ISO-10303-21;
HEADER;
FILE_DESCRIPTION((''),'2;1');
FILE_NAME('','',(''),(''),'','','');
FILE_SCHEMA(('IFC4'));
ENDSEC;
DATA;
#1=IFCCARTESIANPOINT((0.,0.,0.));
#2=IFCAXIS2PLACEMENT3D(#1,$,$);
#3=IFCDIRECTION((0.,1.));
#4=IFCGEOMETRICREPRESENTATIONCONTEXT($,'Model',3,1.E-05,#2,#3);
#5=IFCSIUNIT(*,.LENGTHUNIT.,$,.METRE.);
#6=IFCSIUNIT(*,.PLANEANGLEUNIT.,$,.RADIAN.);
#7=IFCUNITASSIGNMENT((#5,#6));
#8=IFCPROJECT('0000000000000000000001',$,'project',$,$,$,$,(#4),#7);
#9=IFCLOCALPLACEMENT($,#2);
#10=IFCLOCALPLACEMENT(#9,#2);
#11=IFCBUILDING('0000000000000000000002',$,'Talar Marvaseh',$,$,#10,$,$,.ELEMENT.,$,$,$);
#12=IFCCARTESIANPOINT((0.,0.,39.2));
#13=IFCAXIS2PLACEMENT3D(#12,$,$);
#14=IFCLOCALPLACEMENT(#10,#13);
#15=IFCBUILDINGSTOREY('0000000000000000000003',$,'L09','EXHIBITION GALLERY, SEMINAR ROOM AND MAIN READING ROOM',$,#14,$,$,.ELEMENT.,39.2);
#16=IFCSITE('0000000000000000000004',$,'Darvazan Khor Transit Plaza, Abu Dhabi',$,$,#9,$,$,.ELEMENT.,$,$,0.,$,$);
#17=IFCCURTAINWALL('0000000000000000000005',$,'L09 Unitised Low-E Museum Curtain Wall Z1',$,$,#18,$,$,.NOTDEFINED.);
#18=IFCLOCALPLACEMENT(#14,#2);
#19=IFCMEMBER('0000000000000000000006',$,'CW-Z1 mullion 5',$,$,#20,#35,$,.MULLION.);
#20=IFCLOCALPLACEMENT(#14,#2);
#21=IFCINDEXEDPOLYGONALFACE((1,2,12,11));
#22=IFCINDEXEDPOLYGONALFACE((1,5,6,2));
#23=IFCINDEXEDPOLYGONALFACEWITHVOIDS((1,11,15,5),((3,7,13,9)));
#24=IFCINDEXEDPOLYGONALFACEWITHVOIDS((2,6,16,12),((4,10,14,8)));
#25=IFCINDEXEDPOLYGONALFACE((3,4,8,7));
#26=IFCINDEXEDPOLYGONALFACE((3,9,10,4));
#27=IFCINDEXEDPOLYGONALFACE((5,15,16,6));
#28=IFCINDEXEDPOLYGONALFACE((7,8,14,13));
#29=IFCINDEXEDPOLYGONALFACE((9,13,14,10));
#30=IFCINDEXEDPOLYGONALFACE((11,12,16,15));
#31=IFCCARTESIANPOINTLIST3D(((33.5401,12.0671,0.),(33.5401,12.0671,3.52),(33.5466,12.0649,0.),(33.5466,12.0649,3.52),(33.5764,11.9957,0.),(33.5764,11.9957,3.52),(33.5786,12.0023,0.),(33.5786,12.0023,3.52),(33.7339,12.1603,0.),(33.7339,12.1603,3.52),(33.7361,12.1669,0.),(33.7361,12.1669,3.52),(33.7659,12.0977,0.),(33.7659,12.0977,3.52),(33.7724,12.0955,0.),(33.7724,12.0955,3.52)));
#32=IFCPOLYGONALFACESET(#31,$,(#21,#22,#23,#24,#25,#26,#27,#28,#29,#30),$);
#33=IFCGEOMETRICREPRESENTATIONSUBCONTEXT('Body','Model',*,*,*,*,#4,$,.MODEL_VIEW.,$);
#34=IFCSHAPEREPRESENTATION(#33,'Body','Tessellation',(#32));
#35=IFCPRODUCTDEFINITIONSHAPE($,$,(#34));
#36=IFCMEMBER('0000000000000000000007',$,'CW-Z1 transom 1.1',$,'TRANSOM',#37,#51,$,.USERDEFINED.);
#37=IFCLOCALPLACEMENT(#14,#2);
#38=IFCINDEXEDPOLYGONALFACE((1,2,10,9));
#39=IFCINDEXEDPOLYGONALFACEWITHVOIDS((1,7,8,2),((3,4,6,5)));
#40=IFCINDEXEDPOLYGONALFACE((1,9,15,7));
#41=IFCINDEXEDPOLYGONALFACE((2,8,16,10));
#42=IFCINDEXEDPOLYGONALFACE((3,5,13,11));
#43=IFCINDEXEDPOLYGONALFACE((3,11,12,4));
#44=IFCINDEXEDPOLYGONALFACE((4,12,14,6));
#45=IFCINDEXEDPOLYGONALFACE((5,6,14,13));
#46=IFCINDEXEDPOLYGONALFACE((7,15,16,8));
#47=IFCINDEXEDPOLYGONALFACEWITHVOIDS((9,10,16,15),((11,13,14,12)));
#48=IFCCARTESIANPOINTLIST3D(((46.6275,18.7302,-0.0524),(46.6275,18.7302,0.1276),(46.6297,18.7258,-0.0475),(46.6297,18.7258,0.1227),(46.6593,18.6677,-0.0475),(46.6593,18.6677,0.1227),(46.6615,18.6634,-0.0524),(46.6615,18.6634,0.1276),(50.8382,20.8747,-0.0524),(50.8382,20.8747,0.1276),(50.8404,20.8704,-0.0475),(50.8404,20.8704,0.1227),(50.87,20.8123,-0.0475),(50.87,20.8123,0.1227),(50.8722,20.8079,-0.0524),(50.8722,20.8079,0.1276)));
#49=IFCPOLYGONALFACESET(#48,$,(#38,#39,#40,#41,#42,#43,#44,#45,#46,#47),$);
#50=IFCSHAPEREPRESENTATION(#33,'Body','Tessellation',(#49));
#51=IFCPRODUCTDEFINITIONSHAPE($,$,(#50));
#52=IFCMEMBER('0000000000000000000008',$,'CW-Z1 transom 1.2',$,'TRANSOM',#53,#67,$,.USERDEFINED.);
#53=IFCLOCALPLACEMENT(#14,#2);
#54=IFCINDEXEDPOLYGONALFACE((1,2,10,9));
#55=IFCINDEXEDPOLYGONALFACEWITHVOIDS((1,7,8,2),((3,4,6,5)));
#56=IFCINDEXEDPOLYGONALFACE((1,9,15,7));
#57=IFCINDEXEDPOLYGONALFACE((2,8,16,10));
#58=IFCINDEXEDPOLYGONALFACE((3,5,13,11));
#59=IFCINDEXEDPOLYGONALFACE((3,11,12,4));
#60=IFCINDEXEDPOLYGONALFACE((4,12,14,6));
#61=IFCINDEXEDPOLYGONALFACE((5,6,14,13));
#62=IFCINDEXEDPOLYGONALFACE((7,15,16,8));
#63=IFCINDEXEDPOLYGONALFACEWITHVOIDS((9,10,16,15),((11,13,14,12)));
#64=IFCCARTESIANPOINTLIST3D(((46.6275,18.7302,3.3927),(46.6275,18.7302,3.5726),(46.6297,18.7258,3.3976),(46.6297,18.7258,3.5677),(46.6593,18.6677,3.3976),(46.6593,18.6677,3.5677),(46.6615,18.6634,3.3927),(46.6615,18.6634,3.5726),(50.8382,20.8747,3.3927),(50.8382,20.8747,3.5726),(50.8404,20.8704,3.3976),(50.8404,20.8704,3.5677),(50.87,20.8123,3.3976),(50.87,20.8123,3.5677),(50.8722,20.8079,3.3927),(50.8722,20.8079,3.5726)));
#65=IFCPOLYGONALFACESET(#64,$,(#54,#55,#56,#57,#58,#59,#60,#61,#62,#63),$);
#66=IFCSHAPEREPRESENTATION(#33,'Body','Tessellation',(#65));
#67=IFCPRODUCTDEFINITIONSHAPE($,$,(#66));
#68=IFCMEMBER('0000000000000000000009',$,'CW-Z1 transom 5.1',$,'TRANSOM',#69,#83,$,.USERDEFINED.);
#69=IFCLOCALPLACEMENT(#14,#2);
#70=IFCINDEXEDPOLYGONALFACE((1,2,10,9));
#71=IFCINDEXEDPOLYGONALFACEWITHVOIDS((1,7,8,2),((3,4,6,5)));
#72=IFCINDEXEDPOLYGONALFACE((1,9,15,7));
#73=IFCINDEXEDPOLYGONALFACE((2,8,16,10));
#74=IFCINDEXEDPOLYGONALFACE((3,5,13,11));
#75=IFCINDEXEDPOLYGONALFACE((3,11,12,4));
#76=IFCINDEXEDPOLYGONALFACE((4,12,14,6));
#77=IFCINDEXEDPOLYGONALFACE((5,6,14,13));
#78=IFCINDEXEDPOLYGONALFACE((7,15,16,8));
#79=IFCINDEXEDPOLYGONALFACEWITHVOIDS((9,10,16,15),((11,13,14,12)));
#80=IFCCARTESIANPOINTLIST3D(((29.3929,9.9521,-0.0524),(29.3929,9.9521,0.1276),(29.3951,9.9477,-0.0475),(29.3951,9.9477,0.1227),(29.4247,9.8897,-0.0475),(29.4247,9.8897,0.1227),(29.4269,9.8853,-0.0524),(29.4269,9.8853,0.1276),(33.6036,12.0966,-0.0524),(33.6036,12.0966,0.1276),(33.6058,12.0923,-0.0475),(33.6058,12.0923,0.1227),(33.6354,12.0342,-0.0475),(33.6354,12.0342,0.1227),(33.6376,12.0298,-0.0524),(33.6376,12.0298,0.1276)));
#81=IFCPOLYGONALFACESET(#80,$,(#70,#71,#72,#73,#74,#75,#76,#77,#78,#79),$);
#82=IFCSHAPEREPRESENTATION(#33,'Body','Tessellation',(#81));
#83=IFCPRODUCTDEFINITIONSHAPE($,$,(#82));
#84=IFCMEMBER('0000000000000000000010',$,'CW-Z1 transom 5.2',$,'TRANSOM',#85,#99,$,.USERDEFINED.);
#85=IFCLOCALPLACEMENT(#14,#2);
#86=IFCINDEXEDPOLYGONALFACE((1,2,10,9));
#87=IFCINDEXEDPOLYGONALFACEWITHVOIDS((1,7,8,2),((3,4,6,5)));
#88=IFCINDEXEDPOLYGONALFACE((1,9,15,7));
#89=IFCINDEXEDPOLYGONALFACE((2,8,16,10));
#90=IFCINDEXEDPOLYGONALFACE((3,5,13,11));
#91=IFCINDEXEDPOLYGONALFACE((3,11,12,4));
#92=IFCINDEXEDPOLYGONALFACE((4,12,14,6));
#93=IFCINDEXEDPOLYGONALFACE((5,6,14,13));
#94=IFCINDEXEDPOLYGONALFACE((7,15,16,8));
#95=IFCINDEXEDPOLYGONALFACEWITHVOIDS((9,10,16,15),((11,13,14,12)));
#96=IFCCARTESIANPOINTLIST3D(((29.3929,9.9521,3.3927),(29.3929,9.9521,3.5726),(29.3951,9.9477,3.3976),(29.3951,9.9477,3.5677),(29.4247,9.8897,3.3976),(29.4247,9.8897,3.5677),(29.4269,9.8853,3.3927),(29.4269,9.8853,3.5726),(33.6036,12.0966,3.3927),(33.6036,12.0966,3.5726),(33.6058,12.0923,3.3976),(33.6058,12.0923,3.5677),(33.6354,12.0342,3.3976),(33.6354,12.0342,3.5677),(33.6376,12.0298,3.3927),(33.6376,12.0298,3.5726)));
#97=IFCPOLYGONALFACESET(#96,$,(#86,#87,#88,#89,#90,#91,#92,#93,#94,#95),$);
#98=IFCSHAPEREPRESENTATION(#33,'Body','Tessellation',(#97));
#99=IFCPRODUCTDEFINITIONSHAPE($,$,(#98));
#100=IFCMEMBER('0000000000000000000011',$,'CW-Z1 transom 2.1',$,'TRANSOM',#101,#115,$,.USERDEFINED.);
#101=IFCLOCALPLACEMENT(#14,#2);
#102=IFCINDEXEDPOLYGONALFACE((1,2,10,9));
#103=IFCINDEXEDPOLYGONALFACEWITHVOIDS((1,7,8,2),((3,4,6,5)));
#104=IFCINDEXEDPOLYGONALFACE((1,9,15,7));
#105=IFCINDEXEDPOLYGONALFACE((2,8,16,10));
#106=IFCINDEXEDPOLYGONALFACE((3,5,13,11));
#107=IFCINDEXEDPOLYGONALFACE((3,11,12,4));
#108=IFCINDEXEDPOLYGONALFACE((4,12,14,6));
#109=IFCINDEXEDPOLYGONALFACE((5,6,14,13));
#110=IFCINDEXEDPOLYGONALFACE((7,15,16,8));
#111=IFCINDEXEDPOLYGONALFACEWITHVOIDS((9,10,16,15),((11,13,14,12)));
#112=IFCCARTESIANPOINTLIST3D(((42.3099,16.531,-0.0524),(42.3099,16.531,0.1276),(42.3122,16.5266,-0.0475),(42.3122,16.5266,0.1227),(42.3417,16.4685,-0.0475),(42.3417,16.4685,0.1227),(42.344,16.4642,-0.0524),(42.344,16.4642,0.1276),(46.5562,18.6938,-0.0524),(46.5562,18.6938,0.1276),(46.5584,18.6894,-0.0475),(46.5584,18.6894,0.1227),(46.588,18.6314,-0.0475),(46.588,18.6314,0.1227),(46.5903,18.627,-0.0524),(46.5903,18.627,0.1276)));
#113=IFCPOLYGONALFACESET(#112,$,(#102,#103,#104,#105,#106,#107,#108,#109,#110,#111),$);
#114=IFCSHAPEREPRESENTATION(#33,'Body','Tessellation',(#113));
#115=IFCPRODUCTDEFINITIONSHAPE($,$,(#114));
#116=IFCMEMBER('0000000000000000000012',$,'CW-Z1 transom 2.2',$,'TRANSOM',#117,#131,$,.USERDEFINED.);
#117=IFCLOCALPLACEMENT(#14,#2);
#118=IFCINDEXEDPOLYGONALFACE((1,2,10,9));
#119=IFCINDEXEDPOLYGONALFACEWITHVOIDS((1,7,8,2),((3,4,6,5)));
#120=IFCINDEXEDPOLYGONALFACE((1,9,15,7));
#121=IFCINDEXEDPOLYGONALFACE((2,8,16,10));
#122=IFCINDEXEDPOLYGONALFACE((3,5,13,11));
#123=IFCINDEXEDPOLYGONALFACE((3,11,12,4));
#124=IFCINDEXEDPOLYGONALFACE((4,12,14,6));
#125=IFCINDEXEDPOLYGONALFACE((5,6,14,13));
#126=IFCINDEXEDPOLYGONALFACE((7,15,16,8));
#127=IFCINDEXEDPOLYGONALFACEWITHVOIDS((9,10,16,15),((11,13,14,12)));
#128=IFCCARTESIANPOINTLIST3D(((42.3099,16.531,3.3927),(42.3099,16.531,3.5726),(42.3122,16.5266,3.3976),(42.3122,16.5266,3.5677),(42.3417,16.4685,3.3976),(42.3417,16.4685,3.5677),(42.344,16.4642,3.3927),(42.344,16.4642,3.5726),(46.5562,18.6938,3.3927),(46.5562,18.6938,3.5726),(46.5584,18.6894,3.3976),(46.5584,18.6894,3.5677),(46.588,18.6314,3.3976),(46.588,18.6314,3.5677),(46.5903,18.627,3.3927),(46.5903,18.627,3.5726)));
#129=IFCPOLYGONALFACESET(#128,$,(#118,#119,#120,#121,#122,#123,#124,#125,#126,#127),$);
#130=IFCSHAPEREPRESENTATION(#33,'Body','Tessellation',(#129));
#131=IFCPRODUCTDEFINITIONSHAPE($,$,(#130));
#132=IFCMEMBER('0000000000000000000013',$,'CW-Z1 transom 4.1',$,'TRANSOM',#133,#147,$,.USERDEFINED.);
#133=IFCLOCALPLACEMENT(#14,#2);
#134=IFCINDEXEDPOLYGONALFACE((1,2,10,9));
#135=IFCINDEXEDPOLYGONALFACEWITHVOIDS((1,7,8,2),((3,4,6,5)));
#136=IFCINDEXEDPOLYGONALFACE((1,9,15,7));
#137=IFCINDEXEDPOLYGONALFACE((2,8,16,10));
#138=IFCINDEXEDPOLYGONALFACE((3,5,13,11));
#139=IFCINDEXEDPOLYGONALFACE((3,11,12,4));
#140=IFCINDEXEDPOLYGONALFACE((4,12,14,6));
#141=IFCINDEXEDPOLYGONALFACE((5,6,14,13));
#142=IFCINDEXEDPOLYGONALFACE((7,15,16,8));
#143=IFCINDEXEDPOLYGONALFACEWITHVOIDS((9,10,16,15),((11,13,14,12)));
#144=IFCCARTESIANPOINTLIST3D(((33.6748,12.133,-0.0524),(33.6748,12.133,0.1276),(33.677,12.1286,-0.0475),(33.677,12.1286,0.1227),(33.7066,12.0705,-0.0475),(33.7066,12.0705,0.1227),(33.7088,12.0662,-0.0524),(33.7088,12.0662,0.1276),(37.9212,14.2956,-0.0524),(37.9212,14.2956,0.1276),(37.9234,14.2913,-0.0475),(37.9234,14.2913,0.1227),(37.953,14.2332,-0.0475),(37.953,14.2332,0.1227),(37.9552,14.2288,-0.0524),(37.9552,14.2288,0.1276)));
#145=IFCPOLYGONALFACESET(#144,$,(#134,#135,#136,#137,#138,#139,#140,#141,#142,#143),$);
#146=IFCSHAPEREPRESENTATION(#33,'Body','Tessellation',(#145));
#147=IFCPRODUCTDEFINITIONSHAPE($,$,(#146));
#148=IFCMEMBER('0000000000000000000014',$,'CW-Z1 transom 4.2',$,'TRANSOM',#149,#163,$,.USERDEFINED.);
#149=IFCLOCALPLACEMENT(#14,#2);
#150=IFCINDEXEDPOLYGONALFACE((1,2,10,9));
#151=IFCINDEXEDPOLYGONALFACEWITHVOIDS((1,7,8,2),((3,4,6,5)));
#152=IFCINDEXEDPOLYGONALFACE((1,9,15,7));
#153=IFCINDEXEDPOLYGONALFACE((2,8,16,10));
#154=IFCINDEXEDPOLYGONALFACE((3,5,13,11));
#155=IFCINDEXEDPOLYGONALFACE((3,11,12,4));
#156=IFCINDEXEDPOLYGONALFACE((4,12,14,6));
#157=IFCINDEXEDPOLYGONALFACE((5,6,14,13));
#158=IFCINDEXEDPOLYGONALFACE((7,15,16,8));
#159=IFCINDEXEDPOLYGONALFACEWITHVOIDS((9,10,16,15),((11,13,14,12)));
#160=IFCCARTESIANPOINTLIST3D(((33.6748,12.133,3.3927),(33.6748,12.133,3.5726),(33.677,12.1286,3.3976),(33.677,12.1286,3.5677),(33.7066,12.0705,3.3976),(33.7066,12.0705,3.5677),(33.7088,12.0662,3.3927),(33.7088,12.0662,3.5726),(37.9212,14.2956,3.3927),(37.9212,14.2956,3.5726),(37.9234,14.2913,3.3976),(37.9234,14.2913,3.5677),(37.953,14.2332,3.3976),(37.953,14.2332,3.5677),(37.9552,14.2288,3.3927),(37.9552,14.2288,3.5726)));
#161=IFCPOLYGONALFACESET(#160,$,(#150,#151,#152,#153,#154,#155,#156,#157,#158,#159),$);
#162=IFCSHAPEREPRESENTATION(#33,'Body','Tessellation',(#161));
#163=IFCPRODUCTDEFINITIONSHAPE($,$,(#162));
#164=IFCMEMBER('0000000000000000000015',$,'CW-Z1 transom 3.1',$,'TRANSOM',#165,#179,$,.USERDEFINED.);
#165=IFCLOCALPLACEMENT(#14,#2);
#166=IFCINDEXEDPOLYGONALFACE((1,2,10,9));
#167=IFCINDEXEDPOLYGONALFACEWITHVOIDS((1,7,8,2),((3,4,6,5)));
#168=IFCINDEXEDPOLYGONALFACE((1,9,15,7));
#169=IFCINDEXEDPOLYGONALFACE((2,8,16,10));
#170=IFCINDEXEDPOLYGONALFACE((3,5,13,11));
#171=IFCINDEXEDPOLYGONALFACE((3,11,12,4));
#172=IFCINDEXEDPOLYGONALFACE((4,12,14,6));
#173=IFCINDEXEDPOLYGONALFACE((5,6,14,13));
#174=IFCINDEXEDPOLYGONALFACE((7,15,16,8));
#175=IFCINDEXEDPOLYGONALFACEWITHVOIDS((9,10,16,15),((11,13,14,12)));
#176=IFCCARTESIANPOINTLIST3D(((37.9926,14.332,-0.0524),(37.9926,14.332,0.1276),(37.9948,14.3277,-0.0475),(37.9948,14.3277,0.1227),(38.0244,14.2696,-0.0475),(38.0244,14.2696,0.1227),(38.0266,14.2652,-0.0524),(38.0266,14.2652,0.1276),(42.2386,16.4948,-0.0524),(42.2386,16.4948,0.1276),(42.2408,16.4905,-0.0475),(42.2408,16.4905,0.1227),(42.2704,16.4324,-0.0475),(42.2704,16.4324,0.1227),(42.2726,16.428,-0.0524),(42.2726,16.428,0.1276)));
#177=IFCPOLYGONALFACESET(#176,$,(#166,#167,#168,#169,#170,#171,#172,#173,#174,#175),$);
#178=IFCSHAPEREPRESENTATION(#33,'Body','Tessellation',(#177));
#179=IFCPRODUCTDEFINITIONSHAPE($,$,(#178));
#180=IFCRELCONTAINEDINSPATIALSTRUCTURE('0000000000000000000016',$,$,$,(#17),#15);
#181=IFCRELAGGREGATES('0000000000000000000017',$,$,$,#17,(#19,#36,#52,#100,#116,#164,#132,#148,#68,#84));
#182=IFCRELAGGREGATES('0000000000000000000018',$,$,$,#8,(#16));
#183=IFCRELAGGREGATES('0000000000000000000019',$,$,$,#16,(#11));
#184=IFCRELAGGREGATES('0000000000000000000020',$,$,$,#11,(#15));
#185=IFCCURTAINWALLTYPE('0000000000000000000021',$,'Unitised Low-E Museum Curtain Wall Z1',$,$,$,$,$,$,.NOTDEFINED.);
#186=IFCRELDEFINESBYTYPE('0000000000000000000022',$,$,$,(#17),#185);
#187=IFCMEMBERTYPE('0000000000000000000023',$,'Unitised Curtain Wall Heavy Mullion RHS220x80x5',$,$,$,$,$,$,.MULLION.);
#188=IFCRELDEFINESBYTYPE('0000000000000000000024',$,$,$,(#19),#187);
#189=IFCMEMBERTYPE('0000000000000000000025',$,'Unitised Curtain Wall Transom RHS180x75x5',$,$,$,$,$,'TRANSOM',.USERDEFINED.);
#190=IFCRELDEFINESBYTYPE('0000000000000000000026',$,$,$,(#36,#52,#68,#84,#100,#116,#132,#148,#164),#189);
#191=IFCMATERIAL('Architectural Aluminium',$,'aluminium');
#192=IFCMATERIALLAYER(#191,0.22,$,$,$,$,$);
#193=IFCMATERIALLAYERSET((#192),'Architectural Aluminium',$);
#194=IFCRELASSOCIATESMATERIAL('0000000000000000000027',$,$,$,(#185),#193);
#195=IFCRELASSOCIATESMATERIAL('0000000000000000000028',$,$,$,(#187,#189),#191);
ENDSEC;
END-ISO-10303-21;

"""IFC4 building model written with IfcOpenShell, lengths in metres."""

from ifc_helpers import new_model, si_unit, direction, frame, origin, origin_2d, place, context, subcontext, project, spatial, hollow_rectangle, extrude, source, transform, mapped, material, layer, layer_set, material_profile, profile_set, type_object, type_shapes, element, aggregate, save


model = new_model("IFC4")

# Units and contexts
model_context = context("Model", 3, precision=1e-05, world=origin(), true_north=direction((0.0, 1.0)))
body_context = subcontext(model_context, "Body", "Model", "MODEL_VIEW")
ifc_project = project(units=[si_unit("LENGTHUNIT", "METRE"), si_unit("PLANEANGLEUNIT", "RADIAN")], contexts=[model_context])

# Site, building, storey
site_placement = place(None, origin())
site = spatial("IfcSite", under=ifc_project, at=site_placement, Name="Darvazan Khor Transit Plaza, Abu Dhabi", CompositionType="ELEMENT", RefElevation=0.0)
building_placement = place(site_placement, origin())
building = spatial("IfcBuilding", under=site, at=building_placement, Name="Talar Marvaseh", CompositionType="ELEMENT")
storey_placement = place(building_placement, frame((0.0, 0.0, 39.2)))
storey = spatial("IfcBuildingStorey", under=building, at=storey_placement, Name="L09", Description="EXHIBITION GALLERY, SEMINAR ROOM AND MAIN READING ROOM", CompositionType="ELEMENT", Elevation=39.2)

# Curtain wall, members
ifc_material_1 = material(Name="Architectural Aluminium", Category="aluminium")
ifc_layer_1 = layer(ifc_material_1, 0.22)
ifc_layer_set_1 = layer_set([ifc_layer_1], Name="Architectural Aluminium")
curtain_wall_type = type_object("IfcCurtainWallType", Name="Unitised Low-E Museum Curtain Wall Z1", PredefinedType="NOTDEFINED", material=ifc_layer_set_1)
curtain_wall_placement = place(storey_placement, origin())
curtain_wall = element("IfcCurtainWall", 1, at=curtain_wall_placement, inside=storey, type_object=curtain_wall_type, Name="L09 Unitised Low-E Museum Curtain Wall Z1", PredefinedType="NOTDEFINED")
ifc_material_profile_1 = material_profile(ifc_material_1, hollow_rectangle(XDim=0.0801, YDim=0.22, WallThickness=0.0049, at=origin_2d()), Name="RHS220x80x5")
ifc_profile_set_1 = profile_set([ifc_material_profile_1], Name="Architectural Aluminium")
member_type_1 = type_object("IfcMemberType", Name="Unitised Curtain Wall Heavy Mullion RHS220x80x5", PredefinedType="MULLION", material=ifc_profile_set_1)
shared_shape_1 = source(origin(), body_context, "Body", "SweptSolid", [
    extrude(hollow_rectangle(XDim=0.0801, YDim=0.22, WallThickness=0.0049, at=origin_2d()), origin(), (0.0, 0.0, 1.0), 3.52),
])
type_shapes(member_type_1, [shared_shape_1])
member_1_placement = place(storey_placement, frame((33.6562, 12.0813, 0.0), z_axis=(0.0, 0.0, 1.0), x_axis=(0.45385, -0.891078, 0.0)))
member_1 = element("IfcMember", 2, at=member_1_placement, type_object=member_type_1, Name="CW-Z1 mullion 5", PredefinedType="MULLION", context=body_context, shape_type="MappedRepresentation", body=[
    mapped(shared_shape_1, transform((0.0, 0.0, 0.0), x_axis=(1.0, 0.0, 0.0), y_axis=(0.0, 1.0, 0.0), z_axis=(0.0, 0.0, 1.0), scale=1.0)),
])
ifc_material_profile_2 = material_profile(ifc_material_1, hollow_rectangle(XDim=0.075, YDim=0.1799, WallThickness=0.0049, at=origin_2d()), Name="RHS180x75x5")
ifc_profile_set_2 = profile_set([ifc_material_profile_2], Name="Architectural Aluminium")
member_type_2 = type_object("IfcMemberType", Name="Unitised Curtain Wall Transom RHS180x75x5", ElementType="TRANSOM", PredefinedType="USERDEFINED", material=ifc_profile_set_2)
shared_shape_2 = source(origin(), body_context, "Body", "SweptSolid", [
    extrude(hollow_rectangle(XDim=0.075, YDim=0.1799, WallThickness=0.0049, at=origin_2d()), origin(), (0.0, 0.0, 1.0), 4.7253),
])
member_2_placement = place(storey_placement, frame((50.8552, 20.8413, 0.0376), z_axis=(-0.891086, -0.453835, 0.0), x_axis=(0.453835, -0.891086, 0.0)))
member_2 = element("IfcMember", 3, at=member_2_placement, type_object=member_type_2, Name="CW-Z1 transom 1.1", ObjectType="TRANSOM", PredefinedType="USERDEFINED", context=body_context, shape_type="MappedRepresentation", body=[
    mapped(shared_shape_2, transform((0.0, 0.0, 0.0), x_axis=(1.0, 0.0, 0.0), y_axis=(0.0, 1.0, 0.0), z_axis=(0.0, 0.0, 1.0), scale=1.0)),
])
member_3_placement = place(storey_placement, frame((50.8552, 20.8413, 3.4827), z_axis=(-0.891086, -0.453835, 0.0), x_axis=(0.453835, -0.891086, 0.0)))
member_3 = element("IfcMember", 4, at=member_3_placement, type_object=member_type_2, Name="CW-Z1 transom 1.2", ObjectType="TRANSOM", PredefinedType="USERDEFINED", context=body_context, shape_type="MappedRepresentation", body=[
    mapped(shared_shape_2, transform((0.0, 0.0, 0.0), x_axis=(1.0, 0.0, 0.0), y_axis=(0.0, 1.0, 0.0), z_axis=(0.0, 0.0, 1.0), scale=1.0)),
])
member_4_placement = place(storey_placement, frame((33.6206, 12.0632, 0.0376), z_axis=(-0.891086, -0.453835, 0.0), x_axis=(0.453835, -0.891086, 0.0)))
member_4 = element("IfcMember", 5, at=member_4_placement, type_object=member_type_2, Name="CW-Z1 transom 5.1", ObjectType="TRANSOM", PredefinedType="USERDEFINED", context=body_context, shape_type="MappedRepresentation", body=[
    mapped(shared_shape_2, transform((0.0, 0.0, 0.0), x_axis=(1.0, 0.0, 0.0), y_axis=(0.0, 1.0, 0.0), z_axis=(0.0, 0.0, 1.0), scale=1.0)),
])
member_5_placement = place(storey_placement, frame((33.6206, 12.0632, 3.4827), z_axis=(-0.891086, -0.453835, 0.0), x_axis=(0.453835, -0.891086, 0.0)))
member_5 = element("IfcMember", 6, at=member_5_placement, type_object=member_type_2, Name="CW-Z1 transom 5.2", ObjectType="TRANSOM", PredefinedType="USERDEFINED", context=body_context, shape_type="MappedRepresentation", body=[
    mapped(shared_shape_2, transform((0.0, 0.0, 0.0), x_axis=(1.0, 0.0, 0.0), y_axis=(0.0, 1.0, 0.0), z_axis=(0.0, 0.0, 1.0), scale=1.0)),
])
shared_shape_3 = source(origin(), body_context, "Body", "SweptSolid", [
    extrude(hollow_rectangle(XDim=0.075, YDim=0.1799, WallThickness=0.0049, at=origin_2d()), origin(), (0.0, 0.0, 1.0), 4.7654),
])
member_6_placement = place(storey_placement, frame((46.5732, 18.6604, 0.0376), z_axis=(-0.891072, -0.453861, 0.0), x_axis=(0.453861, -0.891072, 0.0)))
member_6 = element("IfcMember", 7, at=member_6_placement, type_object=member_type_2, Name="CW-Z1 transom 2.1", ObjectType="TRANSOM", PredefinedType="USERDEFINED", context=body_context, shape_type="MappedRepresentation", body=[
    mapped(shared_shape_3, transform((0.0, 0.0, 0.0), x_axis=(1.0, 0.0, 0.0), y_axis=(0.0, 1.0, 0.0), z_axis=(0.0, 0.0, 1.0), scale=1.0)),
])
member_7_placement = place(storey_placement, frame((46.5732, 18.6604, 3.4827), z_axis=(-0.891072, -0.453861, 0.0), x_axis=(0.453861, -0.891072, 0.0)))
member_7 = element("IfcMember", 8, at=member_7_placement, type_object=member_type_2, Name="CW-Z1 transom 2.2", ObjectType="TRANSOM", PredefinedType="USERDEFINED", context=body_context, shape_type="MappedRepresentation", body=[
    mapped(shared_shape_3, transform((0.0, 0.0, 0.0), x_axis=(1.0, 0.0, 0.0), y_axis=(0.0, 1.0, 0.0), z_axis=(0.0, 0.0, 1.0), scale=1.0)),
])
member_8_placement = place(storey_placement, frame((37.9382, 14.2622, 0.0376), z_axis=(-0.891093, -0.453821, 0.0), x_axis=(0.453821, -0.891093, 0.0)))
member_8 = element("IfcMember", 9, at=member_8_placement, type_object=member_type_2, Name="CW-Z1 transom 4.1", ObjectType="TRANSOM", PredefinedType="USERDEFINED", context=body_context, shape_type="MappedRepresentation", body=[
    mapped(shared_shape_3, transform((0.0, 0.0, 0.0), x_axis=(1.0, 0.0, 0.0), y_axis=(0.0, 1.0, 0.0), z_axis=(0.0, 0.0, 1.0), scale=1.0)),
])
member_9_placement = place(storey_placement, frame((37.9382, 14.2622, 3.4827), z_axis=(-0.891093, -0.453821, 0.0), x_axis=(0.453821, -0.891093, 0.0)))
member_9 = element("IfcMember", 10, at=member_9_placement, type_object=member_type_2, Name="CW-Z1 transom 4.2", ObjectType="TRANSOM", PredefinedType="USERDEFINED", context=body_context, shape_type="MappedRepresentation", body=[
    mapped(shared_shape_3, transform((0.0, 0.0, 0.0), x_axis=(1.0, 0.0, 0.0), y_axis=(0.0, 1.0, 0.0), z_axis=(0.0, 0.0, 1.0), scale=1.0)),
])
shared_shape_4 = source(origin(), body_context, "Body", "SweptSolid", [
    extrude(hollow_rectangle(XDim=0.075, YDim=0.1799, WallThickness=0.0049, at=origin_2d()), origin(), (0.0, 0.0, 1.0), 4.7651),
])
type_shapes(member_type_2, [shared_shape_2, shared_shape_3, shared_shape_4])
member_10_placement = place(storey_placement, frame((42.2556, 16.4614, 0.0376), z_axis=(-0.891062, -0.453882, 0.0), x_axis=(0.453882, -0.891062, 0.0)))
member_10 = element("IfcMember", 11, at=member_10_placement, type_object=member_type_2, Name="CW-Z1 transom 3.1", ObjectType="TRANSOM", PredefinedType="USERDEFINED", context=body_context, shape_type="MappedRepresentation", body=[
    mapped(shared_shape_4, transform((0.0, 0.0, 0.0), x_axis=(1.0, 0.0, 0.0), y_axis=(0.0, 1.0, 0.0), z_axis=(0.0, 0.0, 1.0), scale=1.0)),
])
aggregate(curtain_wall, [member_1, member_2, member_3, member_6, member_7, member_10, member_8, member_9, member_4, member_5])

save(model, "model.ifc")
